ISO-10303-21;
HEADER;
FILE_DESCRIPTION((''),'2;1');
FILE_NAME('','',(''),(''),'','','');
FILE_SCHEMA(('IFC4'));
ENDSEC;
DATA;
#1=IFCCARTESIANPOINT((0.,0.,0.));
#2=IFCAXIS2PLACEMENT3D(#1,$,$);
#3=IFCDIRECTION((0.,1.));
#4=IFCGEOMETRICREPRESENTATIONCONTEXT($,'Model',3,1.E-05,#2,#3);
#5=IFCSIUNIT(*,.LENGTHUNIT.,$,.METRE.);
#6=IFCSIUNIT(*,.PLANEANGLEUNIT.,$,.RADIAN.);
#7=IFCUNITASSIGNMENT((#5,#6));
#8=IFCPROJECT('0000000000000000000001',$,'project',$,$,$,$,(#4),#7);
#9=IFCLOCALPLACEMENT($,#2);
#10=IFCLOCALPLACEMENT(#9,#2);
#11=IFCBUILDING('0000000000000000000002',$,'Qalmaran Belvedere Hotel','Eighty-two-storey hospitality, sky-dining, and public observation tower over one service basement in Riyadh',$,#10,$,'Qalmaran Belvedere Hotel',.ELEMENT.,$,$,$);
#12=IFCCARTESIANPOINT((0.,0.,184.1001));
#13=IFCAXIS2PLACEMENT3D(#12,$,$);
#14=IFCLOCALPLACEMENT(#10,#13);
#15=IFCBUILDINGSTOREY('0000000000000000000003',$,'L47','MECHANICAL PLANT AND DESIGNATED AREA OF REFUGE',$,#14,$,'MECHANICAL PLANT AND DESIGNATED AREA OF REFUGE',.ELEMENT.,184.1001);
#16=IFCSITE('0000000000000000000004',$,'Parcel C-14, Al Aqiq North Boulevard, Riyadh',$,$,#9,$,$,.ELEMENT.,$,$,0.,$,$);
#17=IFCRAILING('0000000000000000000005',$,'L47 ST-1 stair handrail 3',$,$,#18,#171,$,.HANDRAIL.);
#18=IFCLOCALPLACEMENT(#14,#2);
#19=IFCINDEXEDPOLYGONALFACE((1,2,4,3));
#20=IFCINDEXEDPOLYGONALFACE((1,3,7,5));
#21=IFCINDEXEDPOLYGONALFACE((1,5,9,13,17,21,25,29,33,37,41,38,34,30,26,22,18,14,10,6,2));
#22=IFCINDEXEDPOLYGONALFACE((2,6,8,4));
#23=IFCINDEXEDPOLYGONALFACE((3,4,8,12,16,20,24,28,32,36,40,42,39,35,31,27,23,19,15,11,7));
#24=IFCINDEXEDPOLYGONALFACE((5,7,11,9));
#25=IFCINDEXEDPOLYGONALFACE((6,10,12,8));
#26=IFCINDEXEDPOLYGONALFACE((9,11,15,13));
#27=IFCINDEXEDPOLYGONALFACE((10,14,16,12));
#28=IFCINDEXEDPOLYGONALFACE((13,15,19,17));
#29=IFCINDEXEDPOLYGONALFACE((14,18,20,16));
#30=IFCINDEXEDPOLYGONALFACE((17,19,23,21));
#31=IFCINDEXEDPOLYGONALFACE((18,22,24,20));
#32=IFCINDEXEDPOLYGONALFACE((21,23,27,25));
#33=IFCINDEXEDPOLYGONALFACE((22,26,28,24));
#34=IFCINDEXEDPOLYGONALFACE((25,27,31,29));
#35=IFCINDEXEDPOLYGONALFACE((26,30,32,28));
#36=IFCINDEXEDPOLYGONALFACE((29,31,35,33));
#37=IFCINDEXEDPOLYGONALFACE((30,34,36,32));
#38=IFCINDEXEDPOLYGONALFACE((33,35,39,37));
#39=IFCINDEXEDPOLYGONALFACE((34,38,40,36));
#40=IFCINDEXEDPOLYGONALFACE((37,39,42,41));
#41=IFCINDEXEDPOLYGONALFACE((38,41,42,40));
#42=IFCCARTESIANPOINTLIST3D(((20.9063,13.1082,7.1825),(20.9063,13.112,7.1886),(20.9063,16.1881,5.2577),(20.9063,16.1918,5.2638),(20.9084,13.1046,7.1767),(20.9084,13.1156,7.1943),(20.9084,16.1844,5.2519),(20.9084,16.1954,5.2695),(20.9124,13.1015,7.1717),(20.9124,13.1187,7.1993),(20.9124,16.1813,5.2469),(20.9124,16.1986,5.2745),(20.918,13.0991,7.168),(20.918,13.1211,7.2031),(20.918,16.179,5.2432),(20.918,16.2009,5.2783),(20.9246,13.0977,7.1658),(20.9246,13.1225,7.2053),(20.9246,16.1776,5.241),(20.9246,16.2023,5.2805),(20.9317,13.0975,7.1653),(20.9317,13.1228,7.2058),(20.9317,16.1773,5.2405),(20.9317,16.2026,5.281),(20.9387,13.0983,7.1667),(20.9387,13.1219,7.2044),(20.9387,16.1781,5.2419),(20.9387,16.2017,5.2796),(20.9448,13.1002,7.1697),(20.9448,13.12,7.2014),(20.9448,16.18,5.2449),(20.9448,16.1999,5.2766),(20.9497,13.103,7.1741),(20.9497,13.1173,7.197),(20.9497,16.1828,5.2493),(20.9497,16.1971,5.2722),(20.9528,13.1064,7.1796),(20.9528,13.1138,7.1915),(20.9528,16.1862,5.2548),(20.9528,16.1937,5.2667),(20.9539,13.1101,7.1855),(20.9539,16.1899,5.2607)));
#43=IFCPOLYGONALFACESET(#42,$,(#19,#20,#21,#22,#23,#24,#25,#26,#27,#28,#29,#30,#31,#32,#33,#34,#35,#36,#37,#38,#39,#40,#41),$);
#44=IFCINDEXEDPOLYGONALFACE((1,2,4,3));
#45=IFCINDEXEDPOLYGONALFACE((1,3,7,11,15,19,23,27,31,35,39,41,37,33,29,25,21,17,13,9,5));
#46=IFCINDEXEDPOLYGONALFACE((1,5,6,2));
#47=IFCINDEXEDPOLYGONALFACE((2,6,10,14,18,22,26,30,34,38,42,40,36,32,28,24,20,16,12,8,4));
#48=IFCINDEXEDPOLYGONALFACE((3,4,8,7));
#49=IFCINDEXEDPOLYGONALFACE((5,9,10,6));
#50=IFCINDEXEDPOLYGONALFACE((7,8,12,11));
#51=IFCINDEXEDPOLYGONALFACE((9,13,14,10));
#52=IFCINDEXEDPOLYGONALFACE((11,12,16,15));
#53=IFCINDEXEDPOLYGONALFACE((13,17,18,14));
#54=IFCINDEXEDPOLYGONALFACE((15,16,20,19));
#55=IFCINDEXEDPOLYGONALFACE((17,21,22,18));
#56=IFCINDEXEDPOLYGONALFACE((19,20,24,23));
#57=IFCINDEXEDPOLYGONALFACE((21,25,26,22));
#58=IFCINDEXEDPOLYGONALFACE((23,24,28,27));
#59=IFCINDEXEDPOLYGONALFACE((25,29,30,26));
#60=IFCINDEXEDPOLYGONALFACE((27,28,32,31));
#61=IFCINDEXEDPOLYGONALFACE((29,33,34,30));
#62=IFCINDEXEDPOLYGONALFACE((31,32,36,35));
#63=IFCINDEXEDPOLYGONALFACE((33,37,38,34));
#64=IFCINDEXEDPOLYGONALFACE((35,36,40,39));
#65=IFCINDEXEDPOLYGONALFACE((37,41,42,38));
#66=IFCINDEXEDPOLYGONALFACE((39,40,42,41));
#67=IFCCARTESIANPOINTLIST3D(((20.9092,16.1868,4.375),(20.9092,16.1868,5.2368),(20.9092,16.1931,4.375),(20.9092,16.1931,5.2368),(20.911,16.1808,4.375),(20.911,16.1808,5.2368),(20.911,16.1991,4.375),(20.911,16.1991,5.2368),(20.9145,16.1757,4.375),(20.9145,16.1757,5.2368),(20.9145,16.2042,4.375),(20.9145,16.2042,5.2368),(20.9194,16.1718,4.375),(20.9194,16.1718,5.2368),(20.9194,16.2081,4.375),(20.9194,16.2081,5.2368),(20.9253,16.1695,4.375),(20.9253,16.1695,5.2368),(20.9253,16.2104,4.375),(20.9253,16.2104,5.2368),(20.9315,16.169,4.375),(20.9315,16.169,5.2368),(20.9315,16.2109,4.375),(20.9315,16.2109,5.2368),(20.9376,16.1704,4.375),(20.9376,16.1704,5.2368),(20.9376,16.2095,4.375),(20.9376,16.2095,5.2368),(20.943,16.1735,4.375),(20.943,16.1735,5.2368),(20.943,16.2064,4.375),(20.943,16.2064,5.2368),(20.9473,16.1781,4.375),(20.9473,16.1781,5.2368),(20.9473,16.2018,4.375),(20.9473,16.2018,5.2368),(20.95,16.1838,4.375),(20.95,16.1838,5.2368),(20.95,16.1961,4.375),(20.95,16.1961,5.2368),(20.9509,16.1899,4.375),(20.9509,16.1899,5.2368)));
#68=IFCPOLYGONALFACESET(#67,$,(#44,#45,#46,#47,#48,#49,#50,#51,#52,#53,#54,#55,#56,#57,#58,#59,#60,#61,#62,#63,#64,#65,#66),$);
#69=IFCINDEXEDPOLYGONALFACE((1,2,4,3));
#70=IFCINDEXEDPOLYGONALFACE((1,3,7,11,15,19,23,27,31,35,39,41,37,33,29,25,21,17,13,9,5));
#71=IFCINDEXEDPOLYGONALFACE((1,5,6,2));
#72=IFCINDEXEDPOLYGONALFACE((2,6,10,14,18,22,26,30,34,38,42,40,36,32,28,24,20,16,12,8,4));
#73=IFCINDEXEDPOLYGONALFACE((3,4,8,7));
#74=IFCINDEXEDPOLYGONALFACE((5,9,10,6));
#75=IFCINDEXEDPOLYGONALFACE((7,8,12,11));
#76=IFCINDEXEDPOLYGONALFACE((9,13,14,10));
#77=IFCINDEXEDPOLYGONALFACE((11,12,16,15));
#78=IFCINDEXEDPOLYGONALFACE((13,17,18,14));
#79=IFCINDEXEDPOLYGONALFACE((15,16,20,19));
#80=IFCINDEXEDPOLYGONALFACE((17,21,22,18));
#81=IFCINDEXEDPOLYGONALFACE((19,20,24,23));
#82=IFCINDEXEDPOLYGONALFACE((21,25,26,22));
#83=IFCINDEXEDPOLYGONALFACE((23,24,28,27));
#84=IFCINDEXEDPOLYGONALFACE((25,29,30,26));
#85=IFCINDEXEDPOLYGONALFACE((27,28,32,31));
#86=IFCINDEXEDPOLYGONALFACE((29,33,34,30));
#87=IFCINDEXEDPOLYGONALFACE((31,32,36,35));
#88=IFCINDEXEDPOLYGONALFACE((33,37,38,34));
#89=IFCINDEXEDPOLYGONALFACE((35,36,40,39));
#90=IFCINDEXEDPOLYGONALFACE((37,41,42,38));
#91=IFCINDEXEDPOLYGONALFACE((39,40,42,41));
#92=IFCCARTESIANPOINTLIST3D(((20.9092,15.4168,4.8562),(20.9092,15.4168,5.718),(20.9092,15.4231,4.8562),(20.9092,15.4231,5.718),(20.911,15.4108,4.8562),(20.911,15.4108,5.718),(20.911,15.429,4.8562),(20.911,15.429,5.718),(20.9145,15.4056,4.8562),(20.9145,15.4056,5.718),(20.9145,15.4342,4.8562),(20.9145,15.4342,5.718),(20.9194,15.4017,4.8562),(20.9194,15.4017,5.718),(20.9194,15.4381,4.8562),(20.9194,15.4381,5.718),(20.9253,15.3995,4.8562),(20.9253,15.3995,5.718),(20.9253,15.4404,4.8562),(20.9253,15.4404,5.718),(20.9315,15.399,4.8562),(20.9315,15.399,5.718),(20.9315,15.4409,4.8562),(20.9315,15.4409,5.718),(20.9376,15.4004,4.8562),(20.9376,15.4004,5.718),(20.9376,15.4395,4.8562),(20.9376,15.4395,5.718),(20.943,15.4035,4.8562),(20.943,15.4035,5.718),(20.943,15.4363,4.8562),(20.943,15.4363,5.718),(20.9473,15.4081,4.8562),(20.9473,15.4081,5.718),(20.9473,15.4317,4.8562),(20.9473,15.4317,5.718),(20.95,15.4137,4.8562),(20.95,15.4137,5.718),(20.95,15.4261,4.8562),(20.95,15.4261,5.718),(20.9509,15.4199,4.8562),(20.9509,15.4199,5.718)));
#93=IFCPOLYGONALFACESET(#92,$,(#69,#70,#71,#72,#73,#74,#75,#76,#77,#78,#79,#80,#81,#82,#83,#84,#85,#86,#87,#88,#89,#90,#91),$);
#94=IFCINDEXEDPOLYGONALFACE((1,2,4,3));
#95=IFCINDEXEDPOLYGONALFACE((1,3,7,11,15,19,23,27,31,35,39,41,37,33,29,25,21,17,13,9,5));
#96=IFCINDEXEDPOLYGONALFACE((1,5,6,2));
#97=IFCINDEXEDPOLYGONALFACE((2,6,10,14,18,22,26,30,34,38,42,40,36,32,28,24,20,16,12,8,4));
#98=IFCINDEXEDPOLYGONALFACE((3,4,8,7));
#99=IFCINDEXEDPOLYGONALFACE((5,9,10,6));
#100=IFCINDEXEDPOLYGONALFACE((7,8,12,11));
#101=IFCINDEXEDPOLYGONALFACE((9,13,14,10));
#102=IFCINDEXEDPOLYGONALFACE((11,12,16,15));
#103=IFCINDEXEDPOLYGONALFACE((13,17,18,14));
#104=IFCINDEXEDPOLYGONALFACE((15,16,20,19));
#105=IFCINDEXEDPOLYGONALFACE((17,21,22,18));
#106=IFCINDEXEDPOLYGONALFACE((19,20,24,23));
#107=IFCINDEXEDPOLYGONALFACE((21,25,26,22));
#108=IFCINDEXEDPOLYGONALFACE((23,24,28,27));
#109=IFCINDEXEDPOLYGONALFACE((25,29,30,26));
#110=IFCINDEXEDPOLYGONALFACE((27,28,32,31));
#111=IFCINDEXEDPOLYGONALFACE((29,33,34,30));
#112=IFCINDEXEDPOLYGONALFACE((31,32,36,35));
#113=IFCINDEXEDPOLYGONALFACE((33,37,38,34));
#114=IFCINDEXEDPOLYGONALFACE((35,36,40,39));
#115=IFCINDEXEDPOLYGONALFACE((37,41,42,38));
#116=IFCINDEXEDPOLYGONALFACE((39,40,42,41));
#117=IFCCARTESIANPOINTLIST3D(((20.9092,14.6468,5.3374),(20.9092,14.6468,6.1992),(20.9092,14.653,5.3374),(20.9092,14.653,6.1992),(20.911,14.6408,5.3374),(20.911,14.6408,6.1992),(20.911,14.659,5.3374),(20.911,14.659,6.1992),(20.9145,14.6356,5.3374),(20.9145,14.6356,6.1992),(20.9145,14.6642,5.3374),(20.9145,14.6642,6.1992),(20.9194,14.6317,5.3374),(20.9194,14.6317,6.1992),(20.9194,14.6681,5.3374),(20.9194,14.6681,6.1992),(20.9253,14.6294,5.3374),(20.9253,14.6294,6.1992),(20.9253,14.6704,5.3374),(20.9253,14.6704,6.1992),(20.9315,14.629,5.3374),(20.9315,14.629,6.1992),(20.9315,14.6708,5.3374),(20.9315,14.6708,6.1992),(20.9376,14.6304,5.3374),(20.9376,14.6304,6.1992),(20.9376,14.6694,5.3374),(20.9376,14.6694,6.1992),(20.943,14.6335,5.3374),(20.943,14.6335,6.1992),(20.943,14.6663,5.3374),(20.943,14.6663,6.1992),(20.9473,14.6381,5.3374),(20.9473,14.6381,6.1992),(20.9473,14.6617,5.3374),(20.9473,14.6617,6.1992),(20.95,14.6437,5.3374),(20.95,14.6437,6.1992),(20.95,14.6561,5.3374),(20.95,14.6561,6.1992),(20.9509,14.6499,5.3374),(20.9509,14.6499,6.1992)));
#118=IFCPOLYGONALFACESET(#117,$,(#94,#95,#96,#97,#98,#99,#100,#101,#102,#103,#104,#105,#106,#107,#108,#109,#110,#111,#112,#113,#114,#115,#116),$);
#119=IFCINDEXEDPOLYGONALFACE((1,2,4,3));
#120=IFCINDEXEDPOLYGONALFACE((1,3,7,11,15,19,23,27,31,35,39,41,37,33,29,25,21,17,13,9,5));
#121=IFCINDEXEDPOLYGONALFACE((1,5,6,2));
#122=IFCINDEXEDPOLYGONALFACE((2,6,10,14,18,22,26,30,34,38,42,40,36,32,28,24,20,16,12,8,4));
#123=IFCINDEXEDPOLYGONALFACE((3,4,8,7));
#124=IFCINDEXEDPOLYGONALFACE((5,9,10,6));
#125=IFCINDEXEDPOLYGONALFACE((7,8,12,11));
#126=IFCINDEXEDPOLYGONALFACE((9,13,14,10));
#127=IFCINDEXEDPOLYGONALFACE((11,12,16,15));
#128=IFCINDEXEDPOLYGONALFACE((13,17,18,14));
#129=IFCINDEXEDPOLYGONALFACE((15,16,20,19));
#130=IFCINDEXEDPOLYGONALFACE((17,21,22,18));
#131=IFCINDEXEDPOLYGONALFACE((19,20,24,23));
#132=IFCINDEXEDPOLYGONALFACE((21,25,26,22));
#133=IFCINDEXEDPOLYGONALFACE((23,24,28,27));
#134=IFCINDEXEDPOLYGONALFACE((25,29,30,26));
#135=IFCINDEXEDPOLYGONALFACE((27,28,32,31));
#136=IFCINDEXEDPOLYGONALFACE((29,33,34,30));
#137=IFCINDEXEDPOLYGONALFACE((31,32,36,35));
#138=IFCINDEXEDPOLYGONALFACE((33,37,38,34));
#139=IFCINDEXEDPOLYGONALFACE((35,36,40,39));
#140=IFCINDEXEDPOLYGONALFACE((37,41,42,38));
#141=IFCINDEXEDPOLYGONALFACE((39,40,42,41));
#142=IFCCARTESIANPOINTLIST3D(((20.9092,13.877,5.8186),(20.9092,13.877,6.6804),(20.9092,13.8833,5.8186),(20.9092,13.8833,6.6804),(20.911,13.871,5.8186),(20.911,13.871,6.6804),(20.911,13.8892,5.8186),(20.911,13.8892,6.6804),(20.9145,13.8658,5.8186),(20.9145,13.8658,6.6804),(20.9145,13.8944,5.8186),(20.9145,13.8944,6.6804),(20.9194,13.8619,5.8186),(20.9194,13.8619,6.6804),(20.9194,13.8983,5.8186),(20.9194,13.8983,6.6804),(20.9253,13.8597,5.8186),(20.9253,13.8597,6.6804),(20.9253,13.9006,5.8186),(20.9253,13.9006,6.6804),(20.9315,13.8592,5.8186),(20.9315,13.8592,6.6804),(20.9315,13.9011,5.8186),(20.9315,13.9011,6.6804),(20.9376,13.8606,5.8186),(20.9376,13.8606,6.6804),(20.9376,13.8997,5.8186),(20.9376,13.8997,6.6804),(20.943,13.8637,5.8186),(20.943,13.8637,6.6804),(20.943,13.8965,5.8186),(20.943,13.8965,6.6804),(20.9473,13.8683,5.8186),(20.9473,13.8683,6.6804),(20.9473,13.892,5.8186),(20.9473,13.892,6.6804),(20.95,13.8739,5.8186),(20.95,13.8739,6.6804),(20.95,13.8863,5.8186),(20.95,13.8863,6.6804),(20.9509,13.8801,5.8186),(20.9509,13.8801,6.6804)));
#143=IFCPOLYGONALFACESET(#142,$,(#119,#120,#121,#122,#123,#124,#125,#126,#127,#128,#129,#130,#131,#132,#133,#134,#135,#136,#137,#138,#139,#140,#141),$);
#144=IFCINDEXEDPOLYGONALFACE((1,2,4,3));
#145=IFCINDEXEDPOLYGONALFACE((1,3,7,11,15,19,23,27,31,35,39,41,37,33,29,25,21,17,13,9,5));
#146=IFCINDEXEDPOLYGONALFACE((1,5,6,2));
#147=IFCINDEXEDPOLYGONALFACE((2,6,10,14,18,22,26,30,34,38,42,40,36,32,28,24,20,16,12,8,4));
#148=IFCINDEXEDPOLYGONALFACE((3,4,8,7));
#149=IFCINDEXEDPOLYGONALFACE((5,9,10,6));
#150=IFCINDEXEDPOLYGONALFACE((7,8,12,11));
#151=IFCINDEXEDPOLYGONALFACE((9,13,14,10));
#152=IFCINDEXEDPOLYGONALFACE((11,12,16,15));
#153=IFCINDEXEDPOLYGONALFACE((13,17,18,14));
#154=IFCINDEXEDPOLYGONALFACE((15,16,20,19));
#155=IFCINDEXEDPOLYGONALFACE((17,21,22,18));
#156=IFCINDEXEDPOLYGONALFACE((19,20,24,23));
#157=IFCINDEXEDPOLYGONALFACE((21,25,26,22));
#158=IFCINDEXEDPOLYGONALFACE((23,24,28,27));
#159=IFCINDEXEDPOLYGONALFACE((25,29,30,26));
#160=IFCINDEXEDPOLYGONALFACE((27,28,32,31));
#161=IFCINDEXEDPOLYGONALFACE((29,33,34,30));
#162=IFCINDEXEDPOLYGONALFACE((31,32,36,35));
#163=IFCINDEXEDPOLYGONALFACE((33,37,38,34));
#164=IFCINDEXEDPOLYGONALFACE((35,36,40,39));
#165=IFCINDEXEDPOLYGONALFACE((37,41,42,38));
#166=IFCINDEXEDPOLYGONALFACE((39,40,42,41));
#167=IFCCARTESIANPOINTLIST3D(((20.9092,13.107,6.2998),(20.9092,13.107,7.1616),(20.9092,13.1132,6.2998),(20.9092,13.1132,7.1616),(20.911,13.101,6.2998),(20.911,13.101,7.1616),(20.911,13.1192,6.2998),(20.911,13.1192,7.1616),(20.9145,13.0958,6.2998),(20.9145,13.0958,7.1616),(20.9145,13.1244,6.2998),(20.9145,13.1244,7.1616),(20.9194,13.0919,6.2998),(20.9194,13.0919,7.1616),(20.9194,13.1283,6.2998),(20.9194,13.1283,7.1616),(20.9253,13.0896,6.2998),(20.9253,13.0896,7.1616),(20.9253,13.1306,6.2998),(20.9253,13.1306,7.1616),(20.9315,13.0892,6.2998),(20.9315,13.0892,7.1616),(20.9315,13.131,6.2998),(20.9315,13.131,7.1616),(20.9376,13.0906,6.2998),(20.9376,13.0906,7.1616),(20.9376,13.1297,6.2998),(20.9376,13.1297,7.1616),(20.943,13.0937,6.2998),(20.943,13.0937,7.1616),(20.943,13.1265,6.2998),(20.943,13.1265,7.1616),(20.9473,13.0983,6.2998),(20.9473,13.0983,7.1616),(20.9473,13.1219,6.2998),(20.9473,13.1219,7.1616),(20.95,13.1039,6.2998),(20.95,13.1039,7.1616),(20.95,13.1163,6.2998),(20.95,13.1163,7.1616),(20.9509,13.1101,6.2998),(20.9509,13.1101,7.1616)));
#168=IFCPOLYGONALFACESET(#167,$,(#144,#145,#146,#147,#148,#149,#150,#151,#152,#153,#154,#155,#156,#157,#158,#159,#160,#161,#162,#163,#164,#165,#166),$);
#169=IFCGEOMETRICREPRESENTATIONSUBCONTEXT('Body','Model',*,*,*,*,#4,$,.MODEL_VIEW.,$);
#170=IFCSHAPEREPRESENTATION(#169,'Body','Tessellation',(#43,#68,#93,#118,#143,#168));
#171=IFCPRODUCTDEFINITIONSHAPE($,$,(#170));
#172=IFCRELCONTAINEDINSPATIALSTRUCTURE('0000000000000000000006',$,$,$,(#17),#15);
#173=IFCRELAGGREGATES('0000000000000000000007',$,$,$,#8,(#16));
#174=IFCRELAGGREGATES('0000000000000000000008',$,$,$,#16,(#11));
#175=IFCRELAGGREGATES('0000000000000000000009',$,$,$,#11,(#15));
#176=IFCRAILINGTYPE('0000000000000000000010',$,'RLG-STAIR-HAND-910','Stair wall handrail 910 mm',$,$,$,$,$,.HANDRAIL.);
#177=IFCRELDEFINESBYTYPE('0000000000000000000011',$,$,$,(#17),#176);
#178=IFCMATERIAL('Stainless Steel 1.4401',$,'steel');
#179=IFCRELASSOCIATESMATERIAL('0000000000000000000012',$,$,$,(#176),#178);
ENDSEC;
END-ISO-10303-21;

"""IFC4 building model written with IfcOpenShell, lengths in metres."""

from ifc_helpers import new_model, si_unit, direction, frame, origin, origin_2d, place, context, subcontext, project, spatial, circle, extrude, material, type_object, element, save


model = new_model("IFC4")

# Units and contexts
model_context = context("Model", 3, precision=1e-05, world=origin(), true_north=direction((0.0, 1.0)))
body_context = subcontext(model_context, "Body", "Model", "MODEL_VIEW")
ifc_project = project(units=[si_unit("LENGTHUNIT", "METRE"), si_unit("PLANEANGLEUNIT", "RADIAN")], contexts=[model_context])

# Site, building, storey
site_placement = place(None, origin())
site = spatial("IfcSite", under=ifc_project, at=site_placement, Name="Parcel C-14, Al Aqiq North Boulevard, Riyadh", CompositionType="ELEMENT", RefElevation=0.0)
building_placement = place(site_placement, origin())
building = spatial("IfcBuilding", under=site, at=building_placement, Name="Qalmaran Belvedere Hotel", Description="Eighty-two-storey hospitality, sky-dining, and public observation tower over one service basement in Riyadh", LongName="Qalmaran Belvedere Hotel", CompositionType="ELEMENT")
storey_placement = place(building_placement, frame((0.0, 0.0, 184.1001)))
storey = spatial("IfcBuildingStorey", under=building, at=storey_placement, Name="L47", Description="MECHANICAL PLANT AND DESIGNATED AREA OF REFUGE", LongName="MECHANICAL PLANT AND DESIGNATED AREA OF REFUGE", CompositionType="ELEMENT", Elevation=184.1001)

# Shared definitions
ifc_material_1 = material(Name="Stainless Steel 1.4401", Category="steel")

# Railing
railing_type_1 = type_object("IfcRailingType", Name="RLG-STAIR-HAND-910", Description="Stair wall handrail 910 mm", PredefinedType="HANDRAIL", material=ifc_material_1)
railing_1_placement = place(storey_placement, frame((20.9299, 16.1899, 4.375)))
element("IfcRailing", 1, at=railing_1_placement, inside=storey, type_object=railing_type_1, Name="L47 ST-1 stair handrail 3", PredefinedType="HANDRAIL", context=body_context, shape_type="SweptSolid", body=[
    extrude(circle(Radius=0.0239, at=origin_2d()), frame((0.0, 0.0, 0.8857), z_axis=(0.0, -0.84801, 0.529981), x_axis=(1.0, 0.0, 0.0)), (0.0, 0.0, 1.0), 3.6318),
    extrude(circle(Radius=0.021, at=origin_2d()), origin(), (0.0, 0.0, 1.0), 0.8618),
    extrude(circle(Radius=0.021, at=origin_2d()), frame((0.0, -0.77, 0.4812)), (0.0, 0.0, 1.0), 0.8618),
    extrude(circle(Radius=0.021, at=origin_2d()), frame((0.0, -1.54, 0.9624)), (0.0, 0.0, 1.0), 0.8618),
    extrude(circle(Radius=0.021, at=origin_2d()), frame((0.0, -2.3098, 1.4436)), (0.0, 0.0, 1.0), 0.8618),
    extrude(circle(Radius=0.021, at=origin_2d()), frame((0.0, -3.0798, 1.9248)), (0.0, 0.0, 1.0), 0.8618),
])

save(model, "model.ifc")
